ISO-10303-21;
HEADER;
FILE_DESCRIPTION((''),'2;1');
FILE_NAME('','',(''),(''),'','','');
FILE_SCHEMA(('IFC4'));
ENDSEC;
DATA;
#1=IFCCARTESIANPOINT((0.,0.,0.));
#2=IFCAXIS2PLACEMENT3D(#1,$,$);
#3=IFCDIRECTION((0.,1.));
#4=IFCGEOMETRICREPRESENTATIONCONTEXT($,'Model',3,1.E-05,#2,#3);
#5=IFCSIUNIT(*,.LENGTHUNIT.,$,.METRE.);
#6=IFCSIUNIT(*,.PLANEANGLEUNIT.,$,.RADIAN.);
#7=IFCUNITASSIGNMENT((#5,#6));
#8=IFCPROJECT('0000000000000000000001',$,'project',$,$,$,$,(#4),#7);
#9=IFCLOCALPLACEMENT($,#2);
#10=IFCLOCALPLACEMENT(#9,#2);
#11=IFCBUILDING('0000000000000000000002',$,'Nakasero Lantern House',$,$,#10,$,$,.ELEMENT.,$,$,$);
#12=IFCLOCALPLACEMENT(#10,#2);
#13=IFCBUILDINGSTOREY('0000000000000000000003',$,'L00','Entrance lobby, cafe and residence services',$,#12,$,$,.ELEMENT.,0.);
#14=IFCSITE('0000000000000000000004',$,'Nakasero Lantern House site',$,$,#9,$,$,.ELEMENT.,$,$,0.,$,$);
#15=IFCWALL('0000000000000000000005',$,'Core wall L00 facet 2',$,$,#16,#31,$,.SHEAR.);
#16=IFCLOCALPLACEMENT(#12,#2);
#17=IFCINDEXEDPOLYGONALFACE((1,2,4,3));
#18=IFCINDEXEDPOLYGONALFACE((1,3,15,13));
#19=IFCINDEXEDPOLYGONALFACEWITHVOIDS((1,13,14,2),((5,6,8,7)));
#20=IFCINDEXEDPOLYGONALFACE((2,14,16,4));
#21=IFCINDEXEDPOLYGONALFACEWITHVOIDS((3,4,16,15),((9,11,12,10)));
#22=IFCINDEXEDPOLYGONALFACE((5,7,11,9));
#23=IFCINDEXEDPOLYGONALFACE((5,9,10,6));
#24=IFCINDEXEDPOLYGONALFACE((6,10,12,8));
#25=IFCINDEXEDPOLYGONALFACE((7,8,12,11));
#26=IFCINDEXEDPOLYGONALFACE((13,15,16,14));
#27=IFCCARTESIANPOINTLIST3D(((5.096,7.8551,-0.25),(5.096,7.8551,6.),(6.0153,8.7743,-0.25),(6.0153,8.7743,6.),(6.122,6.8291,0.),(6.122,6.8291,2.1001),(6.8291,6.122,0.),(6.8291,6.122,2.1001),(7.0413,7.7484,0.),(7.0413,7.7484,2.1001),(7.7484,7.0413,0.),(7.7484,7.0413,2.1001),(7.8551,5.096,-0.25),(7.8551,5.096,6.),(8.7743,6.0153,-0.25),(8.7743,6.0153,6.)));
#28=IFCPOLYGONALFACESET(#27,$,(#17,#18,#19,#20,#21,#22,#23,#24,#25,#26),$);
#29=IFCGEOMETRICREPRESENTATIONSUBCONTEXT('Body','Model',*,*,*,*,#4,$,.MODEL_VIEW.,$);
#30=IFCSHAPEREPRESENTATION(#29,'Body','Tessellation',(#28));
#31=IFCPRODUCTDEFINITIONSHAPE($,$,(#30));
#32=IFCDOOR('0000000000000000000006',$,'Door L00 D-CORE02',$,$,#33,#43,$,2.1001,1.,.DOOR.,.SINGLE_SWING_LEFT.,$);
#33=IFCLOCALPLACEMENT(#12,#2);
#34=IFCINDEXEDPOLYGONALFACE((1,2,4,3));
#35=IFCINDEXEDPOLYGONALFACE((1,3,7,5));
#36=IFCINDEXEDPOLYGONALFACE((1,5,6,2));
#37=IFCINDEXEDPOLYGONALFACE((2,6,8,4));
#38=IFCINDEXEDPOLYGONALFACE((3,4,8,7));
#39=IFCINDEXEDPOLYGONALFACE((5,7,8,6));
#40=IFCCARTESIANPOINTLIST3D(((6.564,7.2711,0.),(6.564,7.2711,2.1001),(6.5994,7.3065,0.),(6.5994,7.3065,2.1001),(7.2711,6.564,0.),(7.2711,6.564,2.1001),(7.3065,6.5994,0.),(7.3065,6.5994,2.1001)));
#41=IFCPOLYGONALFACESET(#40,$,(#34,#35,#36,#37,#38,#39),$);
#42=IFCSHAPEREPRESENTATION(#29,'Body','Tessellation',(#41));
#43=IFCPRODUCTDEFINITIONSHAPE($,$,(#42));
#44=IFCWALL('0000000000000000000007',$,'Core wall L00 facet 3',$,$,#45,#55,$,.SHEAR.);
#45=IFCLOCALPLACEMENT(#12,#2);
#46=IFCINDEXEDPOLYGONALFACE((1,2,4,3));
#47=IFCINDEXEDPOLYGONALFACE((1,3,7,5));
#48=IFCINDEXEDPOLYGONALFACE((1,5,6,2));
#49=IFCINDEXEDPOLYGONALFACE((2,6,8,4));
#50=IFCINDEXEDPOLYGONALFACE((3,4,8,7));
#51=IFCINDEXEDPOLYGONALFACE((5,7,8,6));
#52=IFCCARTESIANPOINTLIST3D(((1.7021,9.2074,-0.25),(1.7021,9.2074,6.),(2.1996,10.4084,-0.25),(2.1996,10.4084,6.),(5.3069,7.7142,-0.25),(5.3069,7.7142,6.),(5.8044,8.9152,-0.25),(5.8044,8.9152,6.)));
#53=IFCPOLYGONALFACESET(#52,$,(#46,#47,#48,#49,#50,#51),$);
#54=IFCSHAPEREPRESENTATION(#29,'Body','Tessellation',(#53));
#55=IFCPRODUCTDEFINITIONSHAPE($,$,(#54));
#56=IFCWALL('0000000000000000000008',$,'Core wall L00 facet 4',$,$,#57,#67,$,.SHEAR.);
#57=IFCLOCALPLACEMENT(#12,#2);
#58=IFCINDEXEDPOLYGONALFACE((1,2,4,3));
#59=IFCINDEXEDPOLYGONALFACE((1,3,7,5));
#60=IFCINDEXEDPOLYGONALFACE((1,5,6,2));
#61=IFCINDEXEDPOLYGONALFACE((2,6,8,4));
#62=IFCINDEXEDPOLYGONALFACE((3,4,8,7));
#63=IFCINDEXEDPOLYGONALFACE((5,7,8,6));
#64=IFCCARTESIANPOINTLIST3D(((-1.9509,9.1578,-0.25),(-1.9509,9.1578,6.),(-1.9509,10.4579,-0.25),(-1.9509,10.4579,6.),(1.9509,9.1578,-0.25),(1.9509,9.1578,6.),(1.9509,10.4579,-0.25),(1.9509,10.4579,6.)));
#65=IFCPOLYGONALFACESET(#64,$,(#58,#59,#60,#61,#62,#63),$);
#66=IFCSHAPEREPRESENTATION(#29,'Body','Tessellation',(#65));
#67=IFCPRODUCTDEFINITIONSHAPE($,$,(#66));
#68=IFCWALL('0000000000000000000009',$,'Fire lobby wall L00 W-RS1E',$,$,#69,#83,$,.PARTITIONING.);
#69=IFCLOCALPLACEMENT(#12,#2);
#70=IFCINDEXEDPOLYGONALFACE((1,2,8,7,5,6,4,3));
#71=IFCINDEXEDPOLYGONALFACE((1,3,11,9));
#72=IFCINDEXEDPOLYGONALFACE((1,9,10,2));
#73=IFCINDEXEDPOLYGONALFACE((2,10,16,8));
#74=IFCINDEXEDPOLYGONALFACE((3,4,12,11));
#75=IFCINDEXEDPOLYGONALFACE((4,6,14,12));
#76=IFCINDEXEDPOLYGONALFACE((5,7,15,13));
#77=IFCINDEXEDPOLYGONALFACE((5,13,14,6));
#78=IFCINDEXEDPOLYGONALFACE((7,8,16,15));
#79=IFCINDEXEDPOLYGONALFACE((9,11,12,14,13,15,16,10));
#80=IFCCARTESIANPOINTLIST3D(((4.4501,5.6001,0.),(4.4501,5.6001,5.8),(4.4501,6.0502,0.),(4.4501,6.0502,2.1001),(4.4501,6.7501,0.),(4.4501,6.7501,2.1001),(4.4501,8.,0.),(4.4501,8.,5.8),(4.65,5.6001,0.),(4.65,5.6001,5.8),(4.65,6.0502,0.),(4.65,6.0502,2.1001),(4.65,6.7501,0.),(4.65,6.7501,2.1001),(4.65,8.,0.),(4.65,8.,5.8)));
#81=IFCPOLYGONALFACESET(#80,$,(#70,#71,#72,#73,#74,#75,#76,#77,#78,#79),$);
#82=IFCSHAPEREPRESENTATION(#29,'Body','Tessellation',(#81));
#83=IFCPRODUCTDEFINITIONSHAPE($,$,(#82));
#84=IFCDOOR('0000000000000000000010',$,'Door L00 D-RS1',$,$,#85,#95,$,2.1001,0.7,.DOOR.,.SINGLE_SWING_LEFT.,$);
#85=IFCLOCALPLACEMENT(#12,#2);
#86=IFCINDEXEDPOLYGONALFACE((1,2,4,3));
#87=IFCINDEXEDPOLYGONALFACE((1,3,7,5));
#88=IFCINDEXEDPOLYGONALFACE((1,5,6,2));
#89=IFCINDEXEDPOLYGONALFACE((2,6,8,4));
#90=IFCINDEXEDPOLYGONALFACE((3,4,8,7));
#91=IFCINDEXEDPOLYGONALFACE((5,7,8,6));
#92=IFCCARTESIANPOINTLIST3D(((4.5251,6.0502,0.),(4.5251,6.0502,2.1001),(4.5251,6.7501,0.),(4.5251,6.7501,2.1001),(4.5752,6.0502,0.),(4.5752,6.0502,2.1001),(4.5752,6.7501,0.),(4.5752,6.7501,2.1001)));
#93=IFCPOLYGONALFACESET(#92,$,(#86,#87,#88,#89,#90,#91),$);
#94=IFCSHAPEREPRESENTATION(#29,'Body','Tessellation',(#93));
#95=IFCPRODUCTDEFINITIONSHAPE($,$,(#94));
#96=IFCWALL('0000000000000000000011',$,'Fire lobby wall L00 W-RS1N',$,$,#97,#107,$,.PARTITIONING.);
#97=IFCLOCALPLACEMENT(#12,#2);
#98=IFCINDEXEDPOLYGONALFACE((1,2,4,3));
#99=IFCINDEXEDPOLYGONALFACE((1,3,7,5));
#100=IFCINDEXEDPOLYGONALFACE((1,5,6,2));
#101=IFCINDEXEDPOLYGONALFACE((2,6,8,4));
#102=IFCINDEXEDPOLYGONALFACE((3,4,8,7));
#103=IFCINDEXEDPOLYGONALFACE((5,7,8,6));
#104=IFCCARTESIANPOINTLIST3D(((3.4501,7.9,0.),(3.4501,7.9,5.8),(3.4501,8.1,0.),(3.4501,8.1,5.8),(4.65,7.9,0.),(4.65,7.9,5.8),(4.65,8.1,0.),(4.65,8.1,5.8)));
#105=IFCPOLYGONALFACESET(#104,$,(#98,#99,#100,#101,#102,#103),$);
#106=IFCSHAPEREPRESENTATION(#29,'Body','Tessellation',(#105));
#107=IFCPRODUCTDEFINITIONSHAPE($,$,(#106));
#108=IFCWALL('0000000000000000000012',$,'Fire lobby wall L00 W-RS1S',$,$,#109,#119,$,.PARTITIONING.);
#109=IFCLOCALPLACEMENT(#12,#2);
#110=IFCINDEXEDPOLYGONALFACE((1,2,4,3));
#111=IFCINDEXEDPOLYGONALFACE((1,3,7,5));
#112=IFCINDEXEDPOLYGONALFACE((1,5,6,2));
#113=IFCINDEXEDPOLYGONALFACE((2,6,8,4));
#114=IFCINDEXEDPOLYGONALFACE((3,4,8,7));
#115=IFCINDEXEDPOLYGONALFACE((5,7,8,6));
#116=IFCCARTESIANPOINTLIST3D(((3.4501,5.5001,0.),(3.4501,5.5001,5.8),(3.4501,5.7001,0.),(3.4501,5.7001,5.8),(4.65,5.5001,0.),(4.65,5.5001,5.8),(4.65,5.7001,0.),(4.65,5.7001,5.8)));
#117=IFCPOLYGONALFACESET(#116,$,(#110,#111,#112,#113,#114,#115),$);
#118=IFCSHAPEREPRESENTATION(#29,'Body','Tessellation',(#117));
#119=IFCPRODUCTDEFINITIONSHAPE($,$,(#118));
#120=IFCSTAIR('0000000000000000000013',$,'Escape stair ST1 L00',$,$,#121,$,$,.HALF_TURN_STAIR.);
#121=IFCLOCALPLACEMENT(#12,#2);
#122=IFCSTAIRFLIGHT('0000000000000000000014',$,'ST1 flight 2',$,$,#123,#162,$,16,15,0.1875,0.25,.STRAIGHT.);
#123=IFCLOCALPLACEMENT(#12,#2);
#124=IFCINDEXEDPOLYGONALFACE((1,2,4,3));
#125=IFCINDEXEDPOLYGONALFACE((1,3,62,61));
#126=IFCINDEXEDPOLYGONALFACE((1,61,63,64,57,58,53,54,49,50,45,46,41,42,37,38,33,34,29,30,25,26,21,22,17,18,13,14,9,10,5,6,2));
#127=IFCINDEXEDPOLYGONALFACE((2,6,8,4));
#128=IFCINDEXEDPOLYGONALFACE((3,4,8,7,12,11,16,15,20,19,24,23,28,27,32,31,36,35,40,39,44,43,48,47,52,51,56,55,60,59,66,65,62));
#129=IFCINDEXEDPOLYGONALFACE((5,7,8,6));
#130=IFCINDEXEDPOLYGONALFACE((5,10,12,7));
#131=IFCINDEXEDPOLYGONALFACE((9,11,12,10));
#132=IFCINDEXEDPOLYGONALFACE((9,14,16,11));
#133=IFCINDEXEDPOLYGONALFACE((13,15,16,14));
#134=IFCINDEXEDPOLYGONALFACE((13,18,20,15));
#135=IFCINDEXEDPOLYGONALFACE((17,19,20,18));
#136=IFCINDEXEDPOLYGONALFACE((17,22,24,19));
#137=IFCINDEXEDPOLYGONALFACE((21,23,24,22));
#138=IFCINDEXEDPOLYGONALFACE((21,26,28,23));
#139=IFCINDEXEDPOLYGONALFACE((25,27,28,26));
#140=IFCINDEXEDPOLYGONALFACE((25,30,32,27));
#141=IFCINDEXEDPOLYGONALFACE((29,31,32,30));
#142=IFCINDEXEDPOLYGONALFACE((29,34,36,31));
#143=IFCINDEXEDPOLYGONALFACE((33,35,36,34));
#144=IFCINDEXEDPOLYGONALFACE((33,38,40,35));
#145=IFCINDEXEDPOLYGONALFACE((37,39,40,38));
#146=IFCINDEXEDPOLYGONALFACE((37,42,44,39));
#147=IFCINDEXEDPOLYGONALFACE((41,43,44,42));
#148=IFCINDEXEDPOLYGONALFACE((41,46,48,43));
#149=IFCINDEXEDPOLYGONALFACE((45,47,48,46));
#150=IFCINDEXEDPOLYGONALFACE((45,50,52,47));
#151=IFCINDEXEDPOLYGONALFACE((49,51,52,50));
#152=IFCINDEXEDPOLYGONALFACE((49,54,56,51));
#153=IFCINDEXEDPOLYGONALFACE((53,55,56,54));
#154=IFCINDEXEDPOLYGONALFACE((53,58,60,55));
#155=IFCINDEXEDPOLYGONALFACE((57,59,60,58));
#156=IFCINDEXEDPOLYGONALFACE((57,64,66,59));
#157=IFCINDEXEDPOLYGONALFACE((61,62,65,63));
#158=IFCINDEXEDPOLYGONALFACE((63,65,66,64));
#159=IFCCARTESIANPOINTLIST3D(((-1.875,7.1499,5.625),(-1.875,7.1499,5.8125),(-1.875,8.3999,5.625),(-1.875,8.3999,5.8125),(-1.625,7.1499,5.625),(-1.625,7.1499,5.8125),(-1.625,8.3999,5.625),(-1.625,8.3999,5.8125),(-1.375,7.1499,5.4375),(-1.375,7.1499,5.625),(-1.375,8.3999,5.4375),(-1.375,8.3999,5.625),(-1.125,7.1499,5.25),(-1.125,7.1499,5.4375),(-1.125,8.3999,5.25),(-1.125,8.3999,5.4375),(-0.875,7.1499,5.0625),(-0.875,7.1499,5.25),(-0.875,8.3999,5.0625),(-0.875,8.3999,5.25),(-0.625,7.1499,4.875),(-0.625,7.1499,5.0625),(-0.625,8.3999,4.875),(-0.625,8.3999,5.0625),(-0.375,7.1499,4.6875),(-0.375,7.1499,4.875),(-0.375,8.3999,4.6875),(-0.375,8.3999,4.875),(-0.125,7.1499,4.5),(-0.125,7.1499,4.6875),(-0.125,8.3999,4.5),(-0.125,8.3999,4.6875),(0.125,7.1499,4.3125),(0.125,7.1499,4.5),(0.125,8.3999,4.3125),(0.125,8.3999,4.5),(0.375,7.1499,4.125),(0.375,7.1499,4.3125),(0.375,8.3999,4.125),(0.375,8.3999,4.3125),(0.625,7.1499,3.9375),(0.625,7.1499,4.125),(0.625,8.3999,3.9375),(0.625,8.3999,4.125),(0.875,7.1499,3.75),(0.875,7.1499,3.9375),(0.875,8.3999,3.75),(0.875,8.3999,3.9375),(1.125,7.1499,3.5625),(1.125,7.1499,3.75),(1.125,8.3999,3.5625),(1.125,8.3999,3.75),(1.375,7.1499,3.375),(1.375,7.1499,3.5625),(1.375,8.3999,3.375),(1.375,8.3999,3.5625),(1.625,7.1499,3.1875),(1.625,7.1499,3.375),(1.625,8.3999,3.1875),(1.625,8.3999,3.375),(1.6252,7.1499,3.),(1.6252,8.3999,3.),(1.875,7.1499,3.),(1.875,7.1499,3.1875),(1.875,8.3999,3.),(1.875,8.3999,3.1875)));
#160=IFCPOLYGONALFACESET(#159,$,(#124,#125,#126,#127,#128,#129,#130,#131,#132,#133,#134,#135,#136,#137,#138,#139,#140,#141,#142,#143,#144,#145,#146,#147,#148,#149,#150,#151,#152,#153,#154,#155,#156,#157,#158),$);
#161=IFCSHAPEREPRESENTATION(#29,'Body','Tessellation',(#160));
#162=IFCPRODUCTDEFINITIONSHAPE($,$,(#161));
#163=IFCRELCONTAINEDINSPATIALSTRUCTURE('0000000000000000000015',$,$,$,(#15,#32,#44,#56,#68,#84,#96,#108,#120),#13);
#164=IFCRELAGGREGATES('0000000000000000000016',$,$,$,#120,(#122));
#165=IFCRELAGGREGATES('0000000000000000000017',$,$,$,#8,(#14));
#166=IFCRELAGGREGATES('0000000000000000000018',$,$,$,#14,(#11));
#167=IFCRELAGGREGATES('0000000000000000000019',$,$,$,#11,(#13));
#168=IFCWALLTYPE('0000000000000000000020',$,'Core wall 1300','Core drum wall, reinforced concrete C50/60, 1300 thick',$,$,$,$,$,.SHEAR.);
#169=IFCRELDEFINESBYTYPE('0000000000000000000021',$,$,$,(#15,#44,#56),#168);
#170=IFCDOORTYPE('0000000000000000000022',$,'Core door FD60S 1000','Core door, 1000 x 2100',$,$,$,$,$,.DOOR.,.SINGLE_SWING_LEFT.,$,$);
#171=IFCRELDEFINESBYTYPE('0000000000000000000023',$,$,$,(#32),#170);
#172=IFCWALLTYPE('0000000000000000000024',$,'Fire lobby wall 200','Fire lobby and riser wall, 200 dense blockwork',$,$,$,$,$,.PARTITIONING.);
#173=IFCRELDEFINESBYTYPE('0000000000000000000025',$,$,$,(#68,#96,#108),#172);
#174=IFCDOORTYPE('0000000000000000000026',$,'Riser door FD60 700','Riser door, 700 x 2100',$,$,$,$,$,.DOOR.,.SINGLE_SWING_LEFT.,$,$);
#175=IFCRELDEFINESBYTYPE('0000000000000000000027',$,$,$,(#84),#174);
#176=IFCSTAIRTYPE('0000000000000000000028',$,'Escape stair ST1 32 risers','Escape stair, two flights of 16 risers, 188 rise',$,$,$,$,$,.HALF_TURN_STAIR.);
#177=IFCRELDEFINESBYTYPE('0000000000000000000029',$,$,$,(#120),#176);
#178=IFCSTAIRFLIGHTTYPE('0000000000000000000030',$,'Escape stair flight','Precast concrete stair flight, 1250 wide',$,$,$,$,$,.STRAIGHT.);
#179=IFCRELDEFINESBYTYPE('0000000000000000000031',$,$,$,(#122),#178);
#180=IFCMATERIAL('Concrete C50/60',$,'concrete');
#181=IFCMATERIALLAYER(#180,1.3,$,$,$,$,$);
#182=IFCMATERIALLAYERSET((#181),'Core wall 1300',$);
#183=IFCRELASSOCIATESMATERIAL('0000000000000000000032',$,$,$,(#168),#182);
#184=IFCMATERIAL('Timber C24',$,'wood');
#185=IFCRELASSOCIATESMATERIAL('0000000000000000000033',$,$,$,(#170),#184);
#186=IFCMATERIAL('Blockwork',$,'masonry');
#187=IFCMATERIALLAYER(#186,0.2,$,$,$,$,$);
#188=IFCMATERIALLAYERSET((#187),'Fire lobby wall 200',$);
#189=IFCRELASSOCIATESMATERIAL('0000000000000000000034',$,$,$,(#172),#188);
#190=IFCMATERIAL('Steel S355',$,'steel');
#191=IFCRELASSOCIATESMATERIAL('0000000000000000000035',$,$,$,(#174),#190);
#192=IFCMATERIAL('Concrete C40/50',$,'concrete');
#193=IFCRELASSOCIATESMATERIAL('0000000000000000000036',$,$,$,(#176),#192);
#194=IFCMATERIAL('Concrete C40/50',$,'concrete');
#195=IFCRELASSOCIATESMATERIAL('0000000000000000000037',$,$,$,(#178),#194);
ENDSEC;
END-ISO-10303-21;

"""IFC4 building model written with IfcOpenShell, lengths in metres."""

from ifc_helpers import new_model, si_unit, direction, frame, frame_2d, origin, place, context, subcontext, project, spatial, polyline, rectangle, outline, extrude, material, layer, layer_set, type_object, element, fill, aggregate, save


model = new_model("IFC4")

# Units and contexts
model_context = context("Model", 3, precision=1e-05, world=origin(), true_north=direction((0.0, 1.0)))
body_context = subcontext(model_context, "Body", "Model", "MODEL_VIEW")
ifc_project = project(units=[si_unit("LENGTHUNIT", "METRE"), si_unit("PLANEANGLEUNIT", "RADIAN")], contexts=[model_context])

# Site, building, storey
site_placement = place(None, origin())
site = spatial("IfcSite", under=ifc_project, at=site_placement, Name="Nakasero Lantern House site", CompositionType="ELEMENT", RefElevation=0.0)
building_placement = place(site_placement, origin())
building = spatial("IfcBuilding", under=site, at=building_placement, Name="Nakasero Lantern House", CompositionType="ELEMENT")
storey_placement = place(building_placement, origin())
storey = spatial("IfcBuildingStorey", under=building, at=storey_placement, Name="L00", Description="Entrance lobby, cafe and residence services", CompositionType="ELEMENT", Elevation=0.0)

# Shared definitions
ifc_material_1 = material(Name="Concrete C50/60", Category="concrete")
ifc_layer_1 = layer(ifc_material_1, 1.3)
ifc_layer_set_1 = layer_set([ifc_layer_1], Name="Core wall 1300")
wall_type_1 = type_object("IfcWallType", Name="Core wall 1300", Description="Core drum wall, reinforced concrete C50/60, 1300 thick", PredefinedType="SHEAR", material=ifc_layer_set_1)

# Wall, opening, door
wall_1_placement = place(storey_placement, frame((8.3147, 5.5557, -0.25), z_axis=(0.0, 0.0, 1.0), x_axis=(-0.707107, 0.707107, 0.0)))
wall_1 = element("IfcWall", 1, at=wall_1_placement, inside=storey, type_object=wall_type_1, Name="Core wall L00 facet 2", PredefinedType="SHEAR", context=body_context, shape_type="SweptSolid", body=[
    extrude(rectangle(XDim=3.9019, YDim=1.3, at=frame_2d((1.9509, 0.0))), origin(), (0.0, 0.0, 1.0), 6.25),
])
opening_1_placement = place(wall_1_placement, frame((1.4509, 0.0, 0.25)))
opening_1 = element("IfcOpeningElement", 2, at=opening_1_placement, cuts=wall_1, PredefinedType="OPENING", context=body_context, shape_type="SweptSolid", body=[
    extrude(rectangle(XDim=1.0, YDim=2.1001, at=frame_2d((0.5, 1.05))), frame((0.0, 0.6699, 0.0), z_axis=(0.0, -1.0, 0.0), x_axis=(1.0, 0.0, 0.0)), (0.0, 0.0, 1.0), 1.3401),
])
ifc_material_2 = material(Name="Timber C24", Category="wood")
door_type_1 = type_object("IfcDoorType", Name="Core door FD60S 1000", Description="Core door, 1000 x 2100", OperationType="SINGLE_SWING_LEFT", PredefinedType="DOOR", material=ifc_material_2)
door_1_placement = place(opening_1_placement, origin())
door_1 = element("IfcDoor", 3, at=door_1_placement, inside=storey, type_object=door_type_1, Name="Door L00 D-CORE02", OperationType="SINGLE_SWING_LEFT", OverallHeight=2.1001, OverallWidth=1.0, PredefinedType="DOOR", context=body_context, shape_type="SweptSolid", body=[
    extrude(rectangle(XDim=1.0, YDim=2.1001, at=frame_2d((0.5, 1.05))), frame((0.0, 0.0249, 0.0), z_axis=(0.0, -1.0, 0.0), x_axis=(1.0, 0.0, 0.0)), (0.0, 0.0, 1.0), 0.05),
])
fill(opening_1, door_1)

# Walls
for number, where, z_axis, x_axis, name in (
    (4, (5.5557, 8.3147, -0.25), (0.0, 0.0, 1.0), (-0.923877, 0.382691, 0.0), "Core wall L00 facet 3"),
    (5, (1.9509, 9.8079, -0.25), (0.0, 0.0, 1.0), (-1.0, 0.0, 0.0), "Core wall L00 facet 4"),
):
    element("IfcWall", number, at=place(storey_placement, frame(where, z_axis=z_axis, x_axis=x_axis)), inside=storey, type_object=wall_type_1, Name=name, PredefinedType="SHEAR", context=body_context, shape_type="SweptSolid", body=[
        extrude(rectangle(XDim=3.9019, YDim=1.3, at=frame_2d((1.9509, 0.0))), origin(), (0.0, 0.0, 1.0), 6.25),
    ])

# Wall, opening, door
ifc_material_3 = material(Name="Blockwork", Category="masonry")
ifc_layer_2 = layer(ifc_material_3, 0.2)
ifc_layer_set_2 = layer_set([ifc_layer_2], Name="Fire lobby wall 200")
wall_type_2 = type_object("IfcWallType", Name="Fire lobby wall 200", Description="Fire lobby and riser wall, 200 dense blockwork", PredefinedType="PARTITIONING", material=ifc_layer_set_2)
wall_2_placement = place(storey_placement, frame((4.55, 5.6001, 0.0), z_axis=(0.0, 0.0, 1.0), x_axis=(0.0, 1.0, 0.0)))
wall_2 = element("IfcWall", 6, at=wall_2_placement, inside=storey, type_object=wall_type_2, Name="Fire lobby wall L00 W-RS1E", PredefinedType="PARTITIONING", context=body_context, shape_type="SweptSolid", body=[
    extrude(rectangle(XDim=2.3999, YDim=0.2, at=frame_2d((1.2, 0.0))), origin(), (0.0, 0.0, 1.0), 5.8),
])
opening_2_placement = place(wall_2_placement, frame((0.45, 0.0, 0.0)))
opening_2 = element("IfcOpeningElement", 7, at=opening_2_placement, cuts=wall_2, PredefinedType="OPENING", context=body_context, shape_type="SweptSolid", body=[
    extrude(rectangle(XDim=0.7, YDim=2.1001, at=frame_2d((0.3501, 1.05))), frame((0.0, 0.1199, 0.0), z_axis=(0.0, -1.0, 0.0), x_axis=(1.0, 0.0, 0.0)), (0.0, 0.0, 1.0), 0.24),
])
ifc_material_4 = material(Name="Steel S355", Category="steel")
door_type_2 = type_object("IfcDoorType", Name="Riser door FD60 700", Description="Riser door, 700 x 2100", OperationType="SINGLE_SWING_LEFT", PredefinedType="DOOR", material=ifc_material_4)
door_2_placement = place(opening_2_placement, origin())
door_2 = element("IfcDoor", 8, at=door_2_placement, inside=storey, type_object=door_type_2, Name="Door L00 D-RS1", OperationType="SINGLE_SWING_LEFT", OverallHeight=2.1001, OverallWidth=0.7, PredefinedType="DOOR", context=body_context, shape_type="SweptSolid", body=[
    extrude(rectangle(XDim=0.7, YDim=2.1001, at=frame_2d((0.3501, 1.05))), frame((0.0, 0.0249, 0.0), z_axis=(0.0, -1.0, 0.0), x_axis=(1.0, 0.0, 0.0)), (0.0, 0.0, 1.0), 0.05),
])
fill(opening_2, door_2)

# Walls
for number, where, z_axis, x_axis, name in (
    (9, (3.45, 8.0, 0.0), (0.0, 0.0, 1.0), (1.0, 0.0, 0.0), "Fire lobby wall L00 W-RS1N"),
    (10, (3.45, 5.6001, 0.0), (0.0, 0.0, 1.0), (1.0, 0.0, 0.0), "Fire lobby wall L00 W-RS1S"),
):
    element("IfcWall", number, at=place(storey_placement, frame(where, z_axis=z_axis, x_axis=x_axis)), inside=storey, type_object=wall_type_2, Name=name, PredefinedType="PARTITIONING", context=body_context, shape_type="SweptSolid", body=[
        extrude(rectangle(XDim=1.2, YDim=0.2, at=frame_2d((0.6001, 0.0))), origin(), (0.0, 0.0, 1.0), 5.8),
    ])

# Stair, stair flight
ifc_material_5 = material(Name="Concrete C40/50", Category="concrete")
stair_type = type_object("IfcStairType", Name="Escape stair ST1 32 risers", Description="Escape stair, two flights of 16 risers, 188 rise", PredefinedType="HALF_TURN_STAIR", material=ifc_material_5)
stair_placement = place(storey_placement, origin())
stair = element("IfcStair", 11, at=stair_placement, inside=storey, type_object=stair_type, Name="Escape stair ST1 L00", PredefinedType="HALF_TURN_STAIR")
ifc_material_6 = material(Name="Concrete C40/50", Category="concrete")
stair_flight_type = type_object("IfcStairFlightType", Name="Escape stair flight", Description="Precast concrete stair flight, 1250 wide", PredefinedType="STRAIGHT", material=ifc_material_6)
stair_flight_placement = place(storey_placement, frame((1.875, 7.7749, 3.0), z_axis=(0.0, 0.0, 1.0), x_axis=(-1.0, 0.0, 0.0)))
stair_flight = element("IfcStairFlight", 12, at=stair_flight_placement, type_object=stair_flight_type, Name="ST1 flight 2", NumberOfRisers=16, NumberOfTreads=15, PredefinedType="STRAIGHT", RiserHeight=0.1875, TreadLength=0.25, context=body_context, shape_type="SweptSolid", body=[
    extrude(outline(polyline([(0.0, 0.0), (0.0, 0.1875), (0.25, 0.1875), (0.25, 0.375), (0.5, 0.375), (0.5, 0.5625), (0.75, 0.5625), (0.75, 0.75), (1.0, 0.75), (1.0, 0.9375), (1.25, 0.9375), (1.25, 1.125), (1.5, 1.125), (1.5, 1.3125), (1.75, 1.3125), (1.75, 1.5), (2.0, 1.5), (2.0, 1.6875), (2.25, 1.6875), (2.25, 1.875), (2.5, 1.875), (2.5, 2.0625), (2.75, 2.0625), (2.75, 2.25), (3.0, 2.25), (3.0, 2.4375), (3.25, 2.4375), (3.25, 2.625), (3.5, 2.625), (3.5, 2.8125), (3.75, 2.8125), (3.75, 3.0), (3.75, 2.625), (0.2498, 0.0), (0.0, 0.0)])), frame((0.0, 0.625, 0.0), z_axis=(0.0, -1.0, 0.0), x_axis=(1.0, 0.0, 0.0)), (0.0, 0.0, 1.0), 1.25),
])
aggregate(stair, [stair_flight])

save(model, "model.ifc")
